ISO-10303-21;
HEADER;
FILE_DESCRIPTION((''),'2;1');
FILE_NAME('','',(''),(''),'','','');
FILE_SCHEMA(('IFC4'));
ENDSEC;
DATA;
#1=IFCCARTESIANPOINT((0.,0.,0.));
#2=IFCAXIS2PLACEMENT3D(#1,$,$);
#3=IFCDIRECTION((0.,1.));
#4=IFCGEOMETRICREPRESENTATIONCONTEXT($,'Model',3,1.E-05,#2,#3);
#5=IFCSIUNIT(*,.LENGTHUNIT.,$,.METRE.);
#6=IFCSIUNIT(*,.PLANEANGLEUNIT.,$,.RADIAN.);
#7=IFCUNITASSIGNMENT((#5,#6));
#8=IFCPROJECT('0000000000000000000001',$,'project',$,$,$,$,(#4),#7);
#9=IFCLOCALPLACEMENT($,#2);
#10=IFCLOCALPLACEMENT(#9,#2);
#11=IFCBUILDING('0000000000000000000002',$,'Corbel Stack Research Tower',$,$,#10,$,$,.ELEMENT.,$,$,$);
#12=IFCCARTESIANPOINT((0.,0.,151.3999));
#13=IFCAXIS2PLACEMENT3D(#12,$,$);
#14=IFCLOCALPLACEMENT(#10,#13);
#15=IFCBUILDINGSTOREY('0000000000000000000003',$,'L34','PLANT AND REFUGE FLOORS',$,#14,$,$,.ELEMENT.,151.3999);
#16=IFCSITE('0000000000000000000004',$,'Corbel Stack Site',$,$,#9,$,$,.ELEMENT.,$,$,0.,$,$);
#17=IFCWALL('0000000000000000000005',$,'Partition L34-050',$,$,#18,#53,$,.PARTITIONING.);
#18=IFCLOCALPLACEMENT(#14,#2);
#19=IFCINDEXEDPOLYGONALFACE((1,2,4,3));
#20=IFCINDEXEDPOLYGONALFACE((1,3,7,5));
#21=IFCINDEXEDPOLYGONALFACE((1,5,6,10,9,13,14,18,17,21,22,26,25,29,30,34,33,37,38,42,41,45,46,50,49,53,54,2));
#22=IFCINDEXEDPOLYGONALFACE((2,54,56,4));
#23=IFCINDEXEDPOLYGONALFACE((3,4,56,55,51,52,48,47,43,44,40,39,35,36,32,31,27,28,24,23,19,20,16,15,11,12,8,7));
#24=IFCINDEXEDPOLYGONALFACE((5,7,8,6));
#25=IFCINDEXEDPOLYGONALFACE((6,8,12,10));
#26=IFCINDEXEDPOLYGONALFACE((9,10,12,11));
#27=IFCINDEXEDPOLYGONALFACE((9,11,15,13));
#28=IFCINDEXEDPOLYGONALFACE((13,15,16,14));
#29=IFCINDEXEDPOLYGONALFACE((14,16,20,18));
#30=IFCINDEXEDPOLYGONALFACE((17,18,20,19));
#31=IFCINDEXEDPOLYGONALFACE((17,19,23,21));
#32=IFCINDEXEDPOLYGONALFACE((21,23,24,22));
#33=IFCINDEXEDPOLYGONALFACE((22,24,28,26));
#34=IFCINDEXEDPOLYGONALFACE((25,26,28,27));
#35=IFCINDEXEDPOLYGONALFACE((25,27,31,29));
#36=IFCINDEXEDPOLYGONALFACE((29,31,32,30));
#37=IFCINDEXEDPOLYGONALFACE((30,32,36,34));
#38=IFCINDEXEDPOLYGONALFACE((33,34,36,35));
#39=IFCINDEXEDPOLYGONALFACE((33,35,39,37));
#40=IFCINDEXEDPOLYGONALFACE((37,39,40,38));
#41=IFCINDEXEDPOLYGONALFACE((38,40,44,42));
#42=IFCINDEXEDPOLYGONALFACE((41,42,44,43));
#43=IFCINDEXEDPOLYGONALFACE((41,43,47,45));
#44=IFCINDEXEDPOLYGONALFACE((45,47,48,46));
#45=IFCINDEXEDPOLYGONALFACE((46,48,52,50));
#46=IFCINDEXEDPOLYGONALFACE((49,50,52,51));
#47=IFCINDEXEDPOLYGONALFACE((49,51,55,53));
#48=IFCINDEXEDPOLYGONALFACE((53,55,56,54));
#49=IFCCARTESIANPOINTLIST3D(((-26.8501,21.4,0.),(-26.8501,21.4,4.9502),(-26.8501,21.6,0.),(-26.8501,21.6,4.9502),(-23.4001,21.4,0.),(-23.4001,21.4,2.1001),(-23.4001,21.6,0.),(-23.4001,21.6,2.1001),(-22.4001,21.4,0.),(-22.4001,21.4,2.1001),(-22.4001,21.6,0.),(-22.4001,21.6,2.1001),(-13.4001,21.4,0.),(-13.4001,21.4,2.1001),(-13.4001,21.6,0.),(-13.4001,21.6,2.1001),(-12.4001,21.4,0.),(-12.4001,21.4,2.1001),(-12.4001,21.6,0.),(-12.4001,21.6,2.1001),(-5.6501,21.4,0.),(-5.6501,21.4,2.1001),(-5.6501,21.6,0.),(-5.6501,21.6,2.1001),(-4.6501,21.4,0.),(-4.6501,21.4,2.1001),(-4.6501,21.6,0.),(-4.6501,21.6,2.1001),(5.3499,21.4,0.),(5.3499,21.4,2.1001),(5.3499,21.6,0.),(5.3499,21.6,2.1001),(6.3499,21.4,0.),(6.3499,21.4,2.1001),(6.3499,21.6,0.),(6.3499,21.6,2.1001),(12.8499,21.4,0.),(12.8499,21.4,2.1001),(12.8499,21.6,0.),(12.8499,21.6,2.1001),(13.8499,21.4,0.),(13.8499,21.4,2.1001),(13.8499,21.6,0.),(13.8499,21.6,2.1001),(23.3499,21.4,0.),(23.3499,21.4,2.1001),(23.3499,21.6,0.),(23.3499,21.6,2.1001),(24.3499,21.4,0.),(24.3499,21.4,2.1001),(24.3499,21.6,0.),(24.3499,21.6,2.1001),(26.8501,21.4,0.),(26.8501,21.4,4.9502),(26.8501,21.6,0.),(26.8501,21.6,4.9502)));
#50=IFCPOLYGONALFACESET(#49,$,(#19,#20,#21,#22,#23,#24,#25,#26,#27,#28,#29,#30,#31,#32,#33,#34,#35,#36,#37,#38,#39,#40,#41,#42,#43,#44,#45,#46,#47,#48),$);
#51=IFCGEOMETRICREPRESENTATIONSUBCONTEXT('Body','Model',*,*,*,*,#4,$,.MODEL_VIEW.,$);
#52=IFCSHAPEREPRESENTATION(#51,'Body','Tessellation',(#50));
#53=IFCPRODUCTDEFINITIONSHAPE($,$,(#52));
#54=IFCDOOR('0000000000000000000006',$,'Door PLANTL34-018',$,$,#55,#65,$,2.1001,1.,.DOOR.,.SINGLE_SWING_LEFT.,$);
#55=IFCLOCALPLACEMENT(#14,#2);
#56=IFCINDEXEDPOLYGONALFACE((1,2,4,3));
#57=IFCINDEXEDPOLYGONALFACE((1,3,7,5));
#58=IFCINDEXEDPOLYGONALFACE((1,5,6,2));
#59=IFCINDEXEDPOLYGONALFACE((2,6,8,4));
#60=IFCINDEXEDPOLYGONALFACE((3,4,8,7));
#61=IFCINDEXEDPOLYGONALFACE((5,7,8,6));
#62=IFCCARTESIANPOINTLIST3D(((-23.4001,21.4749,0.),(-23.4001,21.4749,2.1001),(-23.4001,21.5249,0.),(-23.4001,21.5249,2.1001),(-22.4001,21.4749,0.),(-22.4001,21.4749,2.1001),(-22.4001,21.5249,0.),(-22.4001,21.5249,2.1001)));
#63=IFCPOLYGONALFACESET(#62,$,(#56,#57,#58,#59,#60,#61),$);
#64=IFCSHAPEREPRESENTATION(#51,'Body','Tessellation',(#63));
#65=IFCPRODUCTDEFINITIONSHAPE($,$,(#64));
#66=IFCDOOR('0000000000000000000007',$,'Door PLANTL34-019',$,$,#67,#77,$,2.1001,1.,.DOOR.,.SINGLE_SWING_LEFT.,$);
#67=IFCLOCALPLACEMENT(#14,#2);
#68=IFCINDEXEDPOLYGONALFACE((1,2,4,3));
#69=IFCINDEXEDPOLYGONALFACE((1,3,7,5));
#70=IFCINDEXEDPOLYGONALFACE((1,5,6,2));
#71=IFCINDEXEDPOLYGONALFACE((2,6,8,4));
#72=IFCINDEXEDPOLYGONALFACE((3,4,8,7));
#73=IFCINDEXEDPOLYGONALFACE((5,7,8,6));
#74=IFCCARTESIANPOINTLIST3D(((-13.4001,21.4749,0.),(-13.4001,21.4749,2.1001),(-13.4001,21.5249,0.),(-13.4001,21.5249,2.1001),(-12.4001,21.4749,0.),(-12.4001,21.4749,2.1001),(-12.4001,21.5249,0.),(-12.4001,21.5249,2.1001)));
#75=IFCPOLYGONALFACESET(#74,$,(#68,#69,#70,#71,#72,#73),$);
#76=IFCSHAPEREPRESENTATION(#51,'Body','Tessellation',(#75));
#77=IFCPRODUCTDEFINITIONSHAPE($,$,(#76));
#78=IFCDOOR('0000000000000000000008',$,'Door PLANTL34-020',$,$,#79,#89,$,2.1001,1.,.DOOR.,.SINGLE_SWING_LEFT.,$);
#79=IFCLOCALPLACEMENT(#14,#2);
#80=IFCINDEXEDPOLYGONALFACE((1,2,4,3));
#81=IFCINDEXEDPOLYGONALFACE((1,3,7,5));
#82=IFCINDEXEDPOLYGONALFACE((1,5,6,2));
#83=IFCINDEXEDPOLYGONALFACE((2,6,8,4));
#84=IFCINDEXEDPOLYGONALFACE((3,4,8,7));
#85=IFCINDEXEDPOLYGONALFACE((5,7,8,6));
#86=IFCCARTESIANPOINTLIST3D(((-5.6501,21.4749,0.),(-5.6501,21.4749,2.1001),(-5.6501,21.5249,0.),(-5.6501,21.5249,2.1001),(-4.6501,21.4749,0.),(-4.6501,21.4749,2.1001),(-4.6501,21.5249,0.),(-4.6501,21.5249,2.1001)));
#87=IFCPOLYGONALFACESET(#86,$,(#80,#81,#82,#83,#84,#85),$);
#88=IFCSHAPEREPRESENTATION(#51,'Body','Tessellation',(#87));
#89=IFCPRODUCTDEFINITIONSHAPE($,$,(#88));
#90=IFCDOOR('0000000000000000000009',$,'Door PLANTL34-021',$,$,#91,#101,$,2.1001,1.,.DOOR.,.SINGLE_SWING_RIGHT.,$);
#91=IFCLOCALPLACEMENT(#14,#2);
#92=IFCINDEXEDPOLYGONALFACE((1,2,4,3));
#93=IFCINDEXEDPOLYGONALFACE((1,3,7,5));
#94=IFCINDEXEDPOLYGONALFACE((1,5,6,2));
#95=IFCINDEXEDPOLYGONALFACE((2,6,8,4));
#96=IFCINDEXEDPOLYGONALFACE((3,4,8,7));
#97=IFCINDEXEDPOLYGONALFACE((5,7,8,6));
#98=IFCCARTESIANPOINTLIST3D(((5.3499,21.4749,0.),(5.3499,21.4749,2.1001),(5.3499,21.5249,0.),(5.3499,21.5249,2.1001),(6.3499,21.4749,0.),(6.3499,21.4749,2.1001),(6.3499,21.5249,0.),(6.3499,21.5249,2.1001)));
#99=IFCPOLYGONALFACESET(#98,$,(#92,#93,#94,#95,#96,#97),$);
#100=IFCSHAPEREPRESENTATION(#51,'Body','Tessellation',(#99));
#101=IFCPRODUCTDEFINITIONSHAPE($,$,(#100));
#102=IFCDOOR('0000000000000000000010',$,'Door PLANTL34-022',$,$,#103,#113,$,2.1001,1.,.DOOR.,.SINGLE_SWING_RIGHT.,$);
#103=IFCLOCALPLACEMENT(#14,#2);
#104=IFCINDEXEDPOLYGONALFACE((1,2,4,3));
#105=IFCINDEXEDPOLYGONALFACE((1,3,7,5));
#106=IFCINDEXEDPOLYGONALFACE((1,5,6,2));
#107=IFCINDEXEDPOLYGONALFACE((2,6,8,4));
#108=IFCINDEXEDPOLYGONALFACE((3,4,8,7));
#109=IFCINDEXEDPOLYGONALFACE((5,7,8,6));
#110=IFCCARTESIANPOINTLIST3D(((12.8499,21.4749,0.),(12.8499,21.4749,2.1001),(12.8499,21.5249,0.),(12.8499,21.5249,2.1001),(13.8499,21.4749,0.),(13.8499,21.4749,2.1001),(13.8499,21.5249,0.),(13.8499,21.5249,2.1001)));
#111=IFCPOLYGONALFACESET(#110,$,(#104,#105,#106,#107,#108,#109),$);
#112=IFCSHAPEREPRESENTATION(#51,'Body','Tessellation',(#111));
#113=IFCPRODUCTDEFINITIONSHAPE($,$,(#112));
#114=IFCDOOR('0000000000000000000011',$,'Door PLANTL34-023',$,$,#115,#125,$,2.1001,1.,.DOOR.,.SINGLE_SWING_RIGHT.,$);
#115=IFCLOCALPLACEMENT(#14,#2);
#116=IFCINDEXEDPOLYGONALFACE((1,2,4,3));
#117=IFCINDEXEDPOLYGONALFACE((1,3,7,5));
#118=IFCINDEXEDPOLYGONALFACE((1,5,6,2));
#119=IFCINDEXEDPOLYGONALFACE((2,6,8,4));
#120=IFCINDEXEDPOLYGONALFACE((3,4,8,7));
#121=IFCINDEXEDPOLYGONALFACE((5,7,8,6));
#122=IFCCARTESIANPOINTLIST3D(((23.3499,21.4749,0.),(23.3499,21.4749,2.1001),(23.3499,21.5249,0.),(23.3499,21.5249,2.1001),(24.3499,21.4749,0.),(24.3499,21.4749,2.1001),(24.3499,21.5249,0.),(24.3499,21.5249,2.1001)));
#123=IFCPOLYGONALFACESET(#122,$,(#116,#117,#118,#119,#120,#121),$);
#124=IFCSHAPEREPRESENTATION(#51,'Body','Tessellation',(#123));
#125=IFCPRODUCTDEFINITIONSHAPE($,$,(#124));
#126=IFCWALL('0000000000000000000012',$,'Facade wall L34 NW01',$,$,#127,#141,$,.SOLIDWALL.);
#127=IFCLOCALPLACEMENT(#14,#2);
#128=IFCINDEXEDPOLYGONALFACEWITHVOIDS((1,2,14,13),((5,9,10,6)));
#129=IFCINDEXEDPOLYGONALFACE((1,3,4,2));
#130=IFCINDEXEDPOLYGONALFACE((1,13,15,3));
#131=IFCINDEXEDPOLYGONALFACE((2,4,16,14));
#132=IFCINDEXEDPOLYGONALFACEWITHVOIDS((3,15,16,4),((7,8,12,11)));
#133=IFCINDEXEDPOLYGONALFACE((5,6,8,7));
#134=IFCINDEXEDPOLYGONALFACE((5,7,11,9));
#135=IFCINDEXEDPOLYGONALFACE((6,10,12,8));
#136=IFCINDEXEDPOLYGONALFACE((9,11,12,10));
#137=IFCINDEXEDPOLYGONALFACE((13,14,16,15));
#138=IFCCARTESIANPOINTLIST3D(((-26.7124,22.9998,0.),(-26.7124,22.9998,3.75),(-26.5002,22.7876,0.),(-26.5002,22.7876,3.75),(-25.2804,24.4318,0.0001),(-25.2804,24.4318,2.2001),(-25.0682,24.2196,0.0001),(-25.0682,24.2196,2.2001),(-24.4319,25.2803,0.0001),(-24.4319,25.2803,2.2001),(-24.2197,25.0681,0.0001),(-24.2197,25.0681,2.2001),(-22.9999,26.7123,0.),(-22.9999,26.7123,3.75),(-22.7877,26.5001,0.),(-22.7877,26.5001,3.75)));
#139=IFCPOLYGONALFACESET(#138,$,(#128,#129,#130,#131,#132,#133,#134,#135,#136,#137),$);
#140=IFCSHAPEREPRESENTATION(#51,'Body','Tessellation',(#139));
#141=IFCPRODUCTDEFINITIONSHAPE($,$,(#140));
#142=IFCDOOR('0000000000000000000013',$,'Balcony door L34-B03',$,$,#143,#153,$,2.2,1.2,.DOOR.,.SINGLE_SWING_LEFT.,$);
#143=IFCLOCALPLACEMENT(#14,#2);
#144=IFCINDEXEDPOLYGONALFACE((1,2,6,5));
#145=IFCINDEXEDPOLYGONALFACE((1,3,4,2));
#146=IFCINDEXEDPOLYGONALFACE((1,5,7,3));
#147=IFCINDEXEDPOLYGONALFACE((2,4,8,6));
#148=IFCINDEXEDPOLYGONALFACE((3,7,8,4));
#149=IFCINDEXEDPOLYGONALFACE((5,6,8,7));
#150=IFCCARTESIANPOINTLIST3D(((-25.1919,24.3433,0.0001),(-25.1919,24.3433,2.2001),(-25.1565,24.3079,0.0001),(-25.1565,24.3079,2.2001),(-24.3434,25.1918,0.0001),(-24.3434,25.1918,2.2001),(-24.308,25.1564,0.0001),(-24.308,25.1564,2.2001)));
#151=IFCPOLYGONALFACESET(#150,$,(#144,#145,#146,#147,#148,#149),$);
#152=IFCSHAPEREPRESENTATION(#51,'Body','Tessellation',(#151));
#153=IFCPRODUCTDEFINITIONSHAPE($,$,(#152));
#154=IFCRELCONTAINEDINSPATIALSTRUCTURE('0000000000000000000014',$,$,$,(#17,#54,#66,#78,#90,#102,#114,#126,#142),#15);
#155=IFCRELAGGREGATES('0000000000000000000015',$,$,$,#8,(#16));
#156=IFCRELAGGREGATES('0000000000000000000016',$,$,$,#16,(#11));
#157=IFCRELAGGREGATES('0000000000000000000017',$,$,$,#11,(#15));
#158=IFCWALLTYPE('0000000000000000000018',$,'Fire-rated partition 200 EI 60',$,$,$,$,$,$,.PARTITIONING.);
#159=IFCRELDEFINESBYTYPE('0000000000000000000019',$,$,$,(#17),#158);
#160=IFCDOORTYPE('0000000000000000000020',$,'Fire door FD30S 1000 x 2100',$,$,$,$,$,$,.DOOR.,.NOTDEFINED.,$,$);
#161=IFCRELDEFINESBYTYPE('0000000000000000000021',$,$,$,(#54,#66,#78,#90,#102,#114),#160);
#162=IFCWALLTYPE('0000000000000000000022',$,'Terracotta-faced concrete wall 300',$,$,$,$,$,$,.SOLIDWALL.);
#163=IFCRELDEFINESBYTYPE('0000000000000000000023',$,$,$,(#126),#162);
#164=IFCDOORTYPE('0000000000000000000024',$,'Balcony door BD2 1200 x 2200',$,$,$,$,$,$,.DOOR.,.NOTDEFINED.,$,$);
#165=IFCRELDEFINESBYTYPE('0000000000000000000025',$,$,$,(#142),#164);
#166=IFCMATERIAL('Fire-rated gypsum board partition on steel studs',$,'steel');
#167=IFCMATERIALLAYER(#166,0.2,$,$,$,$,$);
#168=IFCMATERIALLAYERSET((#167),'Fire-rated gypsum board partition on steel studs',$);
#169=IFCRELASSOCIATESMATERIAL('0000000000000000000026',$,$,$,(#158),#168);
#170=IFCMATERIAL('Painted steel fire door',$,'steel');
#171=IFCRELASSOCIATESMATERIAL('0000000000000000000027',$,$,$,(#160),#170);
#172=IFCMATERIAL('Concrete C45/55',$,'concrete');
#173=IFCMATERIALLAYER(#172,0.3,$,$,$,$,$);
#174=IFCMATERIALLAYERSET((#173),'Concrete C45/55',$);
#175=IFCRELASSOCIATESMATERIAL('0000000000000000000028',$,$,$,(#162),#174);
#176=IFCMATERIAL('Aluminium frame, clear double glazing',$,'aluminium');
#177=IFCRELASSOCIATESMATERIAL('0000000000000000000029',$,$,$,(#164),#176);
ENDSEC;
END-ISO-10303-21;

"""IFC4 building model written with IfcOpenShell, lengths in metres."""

from ifc_helpers import new_model, si_unit, direction, frame, frame_2d, origin, place, context, subcontext, project, spatial, rectangle, extrude, material, layer, layer_set, type_object, element, fill, save


model = new_model("IFC4")

# Units and contexts
model_context = context("Model", 3, precision=1e-05, world=origin(), true_north=direction((0.0, 1.0)))
body_context = subcontext(model_context, "Body", "Model", "MODEL_VIEW")
ifc_project = project(units=[si_unit("LENGTHUNIT", "METRE"), si_unit("PLANEANGLEUNIT", "RADIAN")], contexts=[model_context])

# Site, building, storey
site_placement = place(None, origin())
site = spatial("IfcSite", under=ifc_project, at=site_placement, Name="Corbel Stack Site", CompositionType="ELEMENT", RefElevation=0.0)
building_placement = place(site_placement, origin())
building = spatial("IfcBuilding", under=site, at=building_placement, Name="Corbel Stack Research Tower", CompositionType="ELEMENT")
storey_placement = place(building_placement, frame((0.0, 0.0, 151.3999)))
storey = spatial("IfcBuildingStorey", under=building, at=storey_placement, Name="L34", Description="PLANT AND REFUGE FLOORS", CompositionType="ELEMENT", Elevation=151.3999)

# Shared definitions
ifc_material_1 = material(Name="Fire-rated gypsum board partition on steel studs", Category="steel")
ifc_layer_1 = layer(ifc_material_1, 0.2)
ifc_layer_set_1 = layer_set([ifc_layer_1], Name="Fire-rated gypsum board partition on steel studs")
wall_type_1 = type_object("IfcWallType", Name="Fire-rated partition 200 EI 60", PredefinedType="PARTITIONING", material=ifc_layer_set_1)

# Wall, openings, doors
wall_1_placement = place(storey_placement, frame((-26.8501, 21.5, 0.0), z_axis=(0.0, 0.0, 1.0), x_axis=(1.0, 0.0, 0.0)))
wall_1 = element("IfcWall", 1, at=wall_1_placement, inside=storey, type_object=wall_type_1, Name="Partition L34-050", PredefinedType="PARTITIONING", context=body_context, shape_type="SweptSolid", body=[
    extrude(rectangle(XDim=53.7002, YDim=0.2, at=frame_2d((26.8501, 0.0))), origin(), (0.0, 0.0, 1.0), 4.9502),
])
opening_1_placement = place(wall_1_placement, frame((3.45, 0.0, 0.0)))
opening_1 = element("IfcOpeningElement", 2, at=opening_1_placement, cuts=wall_1, PredefinedType="OPENING", context=body_context, shape_type="SweptSolid", body=[
    extrude(rectangle(XDim=1.0, YDim=2.1001, at=frame_2d((0.5, 1.05))), frame((0.0, 0.1099, 0.0), z_axis=(0.0, -1.0, 0.0), x_axis=(1.0, 0.0, 0.0)), (0.0, 0.0, 1.0), 0.22),
])
opening_2_placement = place(wall_1_placement, frame((13.45, 0.0, 0.0)))
opening_2 = element("IfcOpeningElement", 3, at=opening_2_placement, cuts=wall_1, PredefinedType="OPENING", context=body_context, shape_type="SweptSolid", body=[
    extrude(rectangle(XDim=1.0, YDim=2.1001, at=frame_2d((0.5, 1.05))), frame((0.0, 0.1099, 0.0), z_axis=(0.0, -1.0, 0.0), x_axis=(1.0, 0.0, 0.0)), (0.0, 0.0, 1.0), 0.22),
])
opening_3_placement = place(wall_1_placement, frame((21.2, 0.0, 0.0)))
opening_3 = element("IfcOpeningElement", 4, at=opening_3_placement, cuts=wall_1, PredefinedType="OPENING", context=body_context, shape_type="SweptSolid", body=[
    extrude(rectangle(XDim=1.0, YDim=2.1001, at=frame_2d((0.5, 1.05))), frame((0.0, 0.1099, 0.0), z_axis=(0.0, -1.0, 0.0), x_axis=(1.0, 0.0, 0.0)), (0.0, 0.0, 1.0), 0.22),
])
opening_4_placement = place(wall_1_placement, frame((32.2, 0.0, 0.0)))
opening_4 = element("IfcOpeningElement", 5, at=opening_4_placement, cuts=wall_1, PredefinedType="OPENING", context=body_context, shape_type="SweptSolid", body=[
    extrude(rectangle(XDim=1.0, YDim=2.1001, at=frame_2d((0.5, 1.05))), frame((0.0, 0.1099, 0.0), z_axis=(0.0, -1.0, 0.0), x_axis=(1.0, 0.0, 0.0)), (0.0, 0.0, 1.0), 0.22),
])
opening_5_placement = place(wall_1_placement, frame((39.7, 0.0, 0.0)))
opening_5 = element("IfcOpeningElement", 6, at=opening_5_placement, cuts=wall_1, PredefinedType="OPENING", context=body_context, shape_type="SweptSolid", body=[
    extrude(rectangle(XDim=1.0, YDim=2.1001, at=frame_2d((0.5, 1.05))), frame((0.0, 0.1099, 0.0), z_axis=(0.0, -1.0, 0.0), x_axis=(1.0, 0.0, 0.0)), (0.0, 0.0, 1.0), 0.22),
])
opening_6_placement = place(wall_1_placement, frame((50.2, 0.0, 0.0)))
opening_6 = element("IfcOpeningElement", 7, at=opening_6_placement, cuts=wall_1, PredefinedType="OPENING", context=body_context, shape_type="SweptSolid", body=[
    extrude(rectangle(XDim=1.0, YDim=2.1001, at=frame_2d((0.5, 1.05))), frame((0.0, 0.1099, 0.0), z_axis=(0.0, -1.0, 0.0), x_axis=(1.0, 0.0, 0.0)), (0.0, 0.0, 1.0), 0.22),
])
ifc_material_2 = material(Name="Painted steel fire door", Category="steel")
door_type_1 = type_object("IfcDoorType", Name="Fire door FD30S 1000 x 2100", OperationType="NOTDEFINED", PredefinedType="DOOR", material=ifc_material_2)
door_1_placement = place(opening_1_placement, origin())
door_1 = element("IfcDoor", 8, at=door_1_placement, inside=storey, type_object=door_type_1, Name="Door PLANTL34-018", OperationType="SINGLE_SWING_LEFT", OverallHeight=2.1001, OverallWidth=1.0, PredefinedType="DOOR", context=body_context, shape_type="SweptSolid", body=[
    extrude(rectangle(XDim=1.0, YDim=2.1001, at=frame_2d((0.5, 1.05))), frame((0.0, 0.0249, 0.0), z_axis=(0.0, -1.0, 0.0), x_axis=(1.0, 0.0, 0.0)), (0.0, 0.0, 1.0), 0.05),
])
fill(opening_1, door_1)
door_2_placement = place(opening_2_placement, origin())
door_2 = element("IfcDoor", 9, at=door_2_placement, inside=storey, type_object=door_type_1, Name="Door PLANTL34-019", OperationType="SINGLE_SWING_LEFT", OverallHeight=2.1001, OverallWidth=1.0, PredefinedType="DOOR", context=body_context, shape_type="SweptSolid", body=[
    extrude(rectangle(XDim=1.0, YDim=2.1001, at=frame_2d((0.5, 1.05))), frame((0.0, 0.0249, 0.0), z_axis=(0.0, -1.0, 0.0), x_axis=(1.0, 0.0, 0.0)), (0.0, 0.0, 1.0), 0.05),
])
fill(opening_2, door_2)
door_3_placement = place(opening_3_placement, origin())
door_3 = element("IfcDoor", 10, at=door_3_placement, inside=storey, type_object=door_type_1, Name="Door PLANTL34-020", OperationType="SINGLE_SWING_LEFT", OverallHeight=2.1001, OverallWidth=1.0, PredefinedType="DOOR", context=body_context, shape_type="SweptSolid", body=[
    extrude(rectangle(XDim=1.0, YDim=2.1001, at=frame_2d((0.5, 1.05))), frame((0.0, 0.0249, 0.0), z_axis=(0.0, -1.0, 0.0), x_axis=(1.0, 0.0, 0.0)), (0.0, 0.0, 1.0), 0.05),
])
fill(opening_3, door_3)
door_4_placement = place(opening_4_placement, origin())
door_4 = element("IfcDoor", 11, at=door_4_placement, inside=storey, type_object=door_type_1, Name="Door PLANTL34-021", OperationType="SINGLE_SWING_RIGHT", OverallHeight=2.1001, OverallWidth=1.0, PredefinedType="DOOR", context=body_context, shape_type="SweptSolid", body=[
    extrude(rectangle(XDim=1.0, YDim=2.1001, at=frame_2d((0.5, 1.05))), frame((0.0, 0.0249, 0.0), z_axis=(0.0, -1.0, 0.0), x_axis=(1.0, 0.0, 0.0)), (0.0, 0.0, 1.0), 0.05),
])
fill(opening_4, door_4)
door_5_placement = place(opening_5_placement, origin())
door_5 = element("IfcDoor", 12, at=door_5_placement, inside=storey, type_object=door_type_1, Name="Door PLANTL34-022", OperationType="SINGLE_SWING_RIGHT", OverallHeight=2.1001, OverallWidth=1.0, PredefinedType="DOOR", context=body_context, shape_type="SweptSolid", body=[
    extrude(rectangle(XDim=1.0, YDim=2.1001, at=frame_2d((0.5, 1.05))), frame((0.0, 0.0249, 0.0), z_axis=(0.0, -1.0, 0.0), x_axis=(1.0, 0.0, 0.0)), (0.0, 0.0, 1.0), 0.05),
])
fill(opening_5, door_5)
door_6_placement = place(opening_6_placement, origin())
door_6 = element("IfcDoor", 13, at=door_6_placement, inside=storey, type_object=door_type_1, Name="Door PLANTL34-023", OperationType="SINGLE_SWING_RIGHT", OverallHeight=2.1001, OverallWidth=1.0, PredefinedType="DOOR", context=body_context, shape_type="SweptSolid", body=[
    extrude(rectangle(XDim=1.0, YDim=2.1001, at=frame_2d((0.5, 1.05))), frame((0.0, 0.0249, 0.0), z_axis=(0.0, -1.0, 0.0), x_axis=(1.0, 0.0, 0.0)), (0.0, 0.0, 1.0), 0.05),
])
fill(opening_6, door_6)

# Wall, opening, door
ifc_material_3 = material(Name="Concrete C45/55", Category="concrete")
ifc_layer_2 = layer(ifc_material_3, 0.3)
ifc_layer_set_2 = layer_set([ifc_layer_2], Name="Concrete C45/55")
wall_type_2 = type_object("IfcWallType", Name="Terracotta-faced concrete wall 300", PredefinedType="SOLIDWALL", material=ifc_layer_set_2)
wall_2_placement = place(storey_placement, frame((-26.6062, 22.8938, 0.0), z_axis=(0.0, 0.0, 1.0), x_axis=(0.707107, 0.707107, 0.0)))
wall_2 = element("IfcWall", 14, at=wall_2_placement, inside=storey, type_object=wall_type_2, Name="Facade wall L34 NW01", PredefinedType="SOLIDWALL", context=body_context, shape_type="SweptSolid", body=[
    extrude(rectangle(XDim=5.2502, YDim=0.3, at=frame_2d((2.625, 0.0))), origin(), (0.0, 0.0, 1.0), 3.75),
])
opening_7_placement = place(wall_2_placement, frame((2.0249, 0.0, 0.0)))
opening_7 = element("IfcOpeningElement", 15, at=opening_7_placement, cuts=wall_2, PredefinedType="OPENING", context=body_context, shape_type="SweptSolid", body=[
    extrude(rectangle(XDim=1.2, YDim=2.2, at=frame_2d((0.6001, 1.1001))), frame((0.0, 0.1599, 0.0), z_axis=(0.0, -1.0, 0.0), x_axis=(1.0, 0.0, 0.0)), (0.0, 0.0, 1.0), 0.3201),
])
ifc_material_4 = material(Name="Aluminium frame, clear double glazing", Category="aluminium")
door_type_2 = type_object("IfcDoorType", Name="Balcony door BD2 1200 x 2200", OperationType="NOTDEFINED", PredefinedType="DOOR", material=ifc_material_4)
door_7_placement = place(opening_7_placement, origin())
door_7 = element("IfcDoor", 16, at=door_7_placement, inside=storey, type_object=door_type_2, Name="Balcony door L34-B03", OperationType="SINGLE_SWING_LEFT", OverallHeight=2.2, OverallWidth=1.2, PredefinedType="DOOR", context=body_context, shape_type="SweptSolid", body=[
    extrude(rectangle(XDim=1.2, YDim=2.2, at=frame_2d((0.6001, 1.1001))), frame((0.0, 0.0249, 0.0), z_axis=(0.0, -1.0, 0.0), x_axis=(1.0, 0.0, 0.0)), (0.0, 0.0, 1.0), 0.05),
])
fill(opening_7, door_7)

save(model, "model.ifc")
